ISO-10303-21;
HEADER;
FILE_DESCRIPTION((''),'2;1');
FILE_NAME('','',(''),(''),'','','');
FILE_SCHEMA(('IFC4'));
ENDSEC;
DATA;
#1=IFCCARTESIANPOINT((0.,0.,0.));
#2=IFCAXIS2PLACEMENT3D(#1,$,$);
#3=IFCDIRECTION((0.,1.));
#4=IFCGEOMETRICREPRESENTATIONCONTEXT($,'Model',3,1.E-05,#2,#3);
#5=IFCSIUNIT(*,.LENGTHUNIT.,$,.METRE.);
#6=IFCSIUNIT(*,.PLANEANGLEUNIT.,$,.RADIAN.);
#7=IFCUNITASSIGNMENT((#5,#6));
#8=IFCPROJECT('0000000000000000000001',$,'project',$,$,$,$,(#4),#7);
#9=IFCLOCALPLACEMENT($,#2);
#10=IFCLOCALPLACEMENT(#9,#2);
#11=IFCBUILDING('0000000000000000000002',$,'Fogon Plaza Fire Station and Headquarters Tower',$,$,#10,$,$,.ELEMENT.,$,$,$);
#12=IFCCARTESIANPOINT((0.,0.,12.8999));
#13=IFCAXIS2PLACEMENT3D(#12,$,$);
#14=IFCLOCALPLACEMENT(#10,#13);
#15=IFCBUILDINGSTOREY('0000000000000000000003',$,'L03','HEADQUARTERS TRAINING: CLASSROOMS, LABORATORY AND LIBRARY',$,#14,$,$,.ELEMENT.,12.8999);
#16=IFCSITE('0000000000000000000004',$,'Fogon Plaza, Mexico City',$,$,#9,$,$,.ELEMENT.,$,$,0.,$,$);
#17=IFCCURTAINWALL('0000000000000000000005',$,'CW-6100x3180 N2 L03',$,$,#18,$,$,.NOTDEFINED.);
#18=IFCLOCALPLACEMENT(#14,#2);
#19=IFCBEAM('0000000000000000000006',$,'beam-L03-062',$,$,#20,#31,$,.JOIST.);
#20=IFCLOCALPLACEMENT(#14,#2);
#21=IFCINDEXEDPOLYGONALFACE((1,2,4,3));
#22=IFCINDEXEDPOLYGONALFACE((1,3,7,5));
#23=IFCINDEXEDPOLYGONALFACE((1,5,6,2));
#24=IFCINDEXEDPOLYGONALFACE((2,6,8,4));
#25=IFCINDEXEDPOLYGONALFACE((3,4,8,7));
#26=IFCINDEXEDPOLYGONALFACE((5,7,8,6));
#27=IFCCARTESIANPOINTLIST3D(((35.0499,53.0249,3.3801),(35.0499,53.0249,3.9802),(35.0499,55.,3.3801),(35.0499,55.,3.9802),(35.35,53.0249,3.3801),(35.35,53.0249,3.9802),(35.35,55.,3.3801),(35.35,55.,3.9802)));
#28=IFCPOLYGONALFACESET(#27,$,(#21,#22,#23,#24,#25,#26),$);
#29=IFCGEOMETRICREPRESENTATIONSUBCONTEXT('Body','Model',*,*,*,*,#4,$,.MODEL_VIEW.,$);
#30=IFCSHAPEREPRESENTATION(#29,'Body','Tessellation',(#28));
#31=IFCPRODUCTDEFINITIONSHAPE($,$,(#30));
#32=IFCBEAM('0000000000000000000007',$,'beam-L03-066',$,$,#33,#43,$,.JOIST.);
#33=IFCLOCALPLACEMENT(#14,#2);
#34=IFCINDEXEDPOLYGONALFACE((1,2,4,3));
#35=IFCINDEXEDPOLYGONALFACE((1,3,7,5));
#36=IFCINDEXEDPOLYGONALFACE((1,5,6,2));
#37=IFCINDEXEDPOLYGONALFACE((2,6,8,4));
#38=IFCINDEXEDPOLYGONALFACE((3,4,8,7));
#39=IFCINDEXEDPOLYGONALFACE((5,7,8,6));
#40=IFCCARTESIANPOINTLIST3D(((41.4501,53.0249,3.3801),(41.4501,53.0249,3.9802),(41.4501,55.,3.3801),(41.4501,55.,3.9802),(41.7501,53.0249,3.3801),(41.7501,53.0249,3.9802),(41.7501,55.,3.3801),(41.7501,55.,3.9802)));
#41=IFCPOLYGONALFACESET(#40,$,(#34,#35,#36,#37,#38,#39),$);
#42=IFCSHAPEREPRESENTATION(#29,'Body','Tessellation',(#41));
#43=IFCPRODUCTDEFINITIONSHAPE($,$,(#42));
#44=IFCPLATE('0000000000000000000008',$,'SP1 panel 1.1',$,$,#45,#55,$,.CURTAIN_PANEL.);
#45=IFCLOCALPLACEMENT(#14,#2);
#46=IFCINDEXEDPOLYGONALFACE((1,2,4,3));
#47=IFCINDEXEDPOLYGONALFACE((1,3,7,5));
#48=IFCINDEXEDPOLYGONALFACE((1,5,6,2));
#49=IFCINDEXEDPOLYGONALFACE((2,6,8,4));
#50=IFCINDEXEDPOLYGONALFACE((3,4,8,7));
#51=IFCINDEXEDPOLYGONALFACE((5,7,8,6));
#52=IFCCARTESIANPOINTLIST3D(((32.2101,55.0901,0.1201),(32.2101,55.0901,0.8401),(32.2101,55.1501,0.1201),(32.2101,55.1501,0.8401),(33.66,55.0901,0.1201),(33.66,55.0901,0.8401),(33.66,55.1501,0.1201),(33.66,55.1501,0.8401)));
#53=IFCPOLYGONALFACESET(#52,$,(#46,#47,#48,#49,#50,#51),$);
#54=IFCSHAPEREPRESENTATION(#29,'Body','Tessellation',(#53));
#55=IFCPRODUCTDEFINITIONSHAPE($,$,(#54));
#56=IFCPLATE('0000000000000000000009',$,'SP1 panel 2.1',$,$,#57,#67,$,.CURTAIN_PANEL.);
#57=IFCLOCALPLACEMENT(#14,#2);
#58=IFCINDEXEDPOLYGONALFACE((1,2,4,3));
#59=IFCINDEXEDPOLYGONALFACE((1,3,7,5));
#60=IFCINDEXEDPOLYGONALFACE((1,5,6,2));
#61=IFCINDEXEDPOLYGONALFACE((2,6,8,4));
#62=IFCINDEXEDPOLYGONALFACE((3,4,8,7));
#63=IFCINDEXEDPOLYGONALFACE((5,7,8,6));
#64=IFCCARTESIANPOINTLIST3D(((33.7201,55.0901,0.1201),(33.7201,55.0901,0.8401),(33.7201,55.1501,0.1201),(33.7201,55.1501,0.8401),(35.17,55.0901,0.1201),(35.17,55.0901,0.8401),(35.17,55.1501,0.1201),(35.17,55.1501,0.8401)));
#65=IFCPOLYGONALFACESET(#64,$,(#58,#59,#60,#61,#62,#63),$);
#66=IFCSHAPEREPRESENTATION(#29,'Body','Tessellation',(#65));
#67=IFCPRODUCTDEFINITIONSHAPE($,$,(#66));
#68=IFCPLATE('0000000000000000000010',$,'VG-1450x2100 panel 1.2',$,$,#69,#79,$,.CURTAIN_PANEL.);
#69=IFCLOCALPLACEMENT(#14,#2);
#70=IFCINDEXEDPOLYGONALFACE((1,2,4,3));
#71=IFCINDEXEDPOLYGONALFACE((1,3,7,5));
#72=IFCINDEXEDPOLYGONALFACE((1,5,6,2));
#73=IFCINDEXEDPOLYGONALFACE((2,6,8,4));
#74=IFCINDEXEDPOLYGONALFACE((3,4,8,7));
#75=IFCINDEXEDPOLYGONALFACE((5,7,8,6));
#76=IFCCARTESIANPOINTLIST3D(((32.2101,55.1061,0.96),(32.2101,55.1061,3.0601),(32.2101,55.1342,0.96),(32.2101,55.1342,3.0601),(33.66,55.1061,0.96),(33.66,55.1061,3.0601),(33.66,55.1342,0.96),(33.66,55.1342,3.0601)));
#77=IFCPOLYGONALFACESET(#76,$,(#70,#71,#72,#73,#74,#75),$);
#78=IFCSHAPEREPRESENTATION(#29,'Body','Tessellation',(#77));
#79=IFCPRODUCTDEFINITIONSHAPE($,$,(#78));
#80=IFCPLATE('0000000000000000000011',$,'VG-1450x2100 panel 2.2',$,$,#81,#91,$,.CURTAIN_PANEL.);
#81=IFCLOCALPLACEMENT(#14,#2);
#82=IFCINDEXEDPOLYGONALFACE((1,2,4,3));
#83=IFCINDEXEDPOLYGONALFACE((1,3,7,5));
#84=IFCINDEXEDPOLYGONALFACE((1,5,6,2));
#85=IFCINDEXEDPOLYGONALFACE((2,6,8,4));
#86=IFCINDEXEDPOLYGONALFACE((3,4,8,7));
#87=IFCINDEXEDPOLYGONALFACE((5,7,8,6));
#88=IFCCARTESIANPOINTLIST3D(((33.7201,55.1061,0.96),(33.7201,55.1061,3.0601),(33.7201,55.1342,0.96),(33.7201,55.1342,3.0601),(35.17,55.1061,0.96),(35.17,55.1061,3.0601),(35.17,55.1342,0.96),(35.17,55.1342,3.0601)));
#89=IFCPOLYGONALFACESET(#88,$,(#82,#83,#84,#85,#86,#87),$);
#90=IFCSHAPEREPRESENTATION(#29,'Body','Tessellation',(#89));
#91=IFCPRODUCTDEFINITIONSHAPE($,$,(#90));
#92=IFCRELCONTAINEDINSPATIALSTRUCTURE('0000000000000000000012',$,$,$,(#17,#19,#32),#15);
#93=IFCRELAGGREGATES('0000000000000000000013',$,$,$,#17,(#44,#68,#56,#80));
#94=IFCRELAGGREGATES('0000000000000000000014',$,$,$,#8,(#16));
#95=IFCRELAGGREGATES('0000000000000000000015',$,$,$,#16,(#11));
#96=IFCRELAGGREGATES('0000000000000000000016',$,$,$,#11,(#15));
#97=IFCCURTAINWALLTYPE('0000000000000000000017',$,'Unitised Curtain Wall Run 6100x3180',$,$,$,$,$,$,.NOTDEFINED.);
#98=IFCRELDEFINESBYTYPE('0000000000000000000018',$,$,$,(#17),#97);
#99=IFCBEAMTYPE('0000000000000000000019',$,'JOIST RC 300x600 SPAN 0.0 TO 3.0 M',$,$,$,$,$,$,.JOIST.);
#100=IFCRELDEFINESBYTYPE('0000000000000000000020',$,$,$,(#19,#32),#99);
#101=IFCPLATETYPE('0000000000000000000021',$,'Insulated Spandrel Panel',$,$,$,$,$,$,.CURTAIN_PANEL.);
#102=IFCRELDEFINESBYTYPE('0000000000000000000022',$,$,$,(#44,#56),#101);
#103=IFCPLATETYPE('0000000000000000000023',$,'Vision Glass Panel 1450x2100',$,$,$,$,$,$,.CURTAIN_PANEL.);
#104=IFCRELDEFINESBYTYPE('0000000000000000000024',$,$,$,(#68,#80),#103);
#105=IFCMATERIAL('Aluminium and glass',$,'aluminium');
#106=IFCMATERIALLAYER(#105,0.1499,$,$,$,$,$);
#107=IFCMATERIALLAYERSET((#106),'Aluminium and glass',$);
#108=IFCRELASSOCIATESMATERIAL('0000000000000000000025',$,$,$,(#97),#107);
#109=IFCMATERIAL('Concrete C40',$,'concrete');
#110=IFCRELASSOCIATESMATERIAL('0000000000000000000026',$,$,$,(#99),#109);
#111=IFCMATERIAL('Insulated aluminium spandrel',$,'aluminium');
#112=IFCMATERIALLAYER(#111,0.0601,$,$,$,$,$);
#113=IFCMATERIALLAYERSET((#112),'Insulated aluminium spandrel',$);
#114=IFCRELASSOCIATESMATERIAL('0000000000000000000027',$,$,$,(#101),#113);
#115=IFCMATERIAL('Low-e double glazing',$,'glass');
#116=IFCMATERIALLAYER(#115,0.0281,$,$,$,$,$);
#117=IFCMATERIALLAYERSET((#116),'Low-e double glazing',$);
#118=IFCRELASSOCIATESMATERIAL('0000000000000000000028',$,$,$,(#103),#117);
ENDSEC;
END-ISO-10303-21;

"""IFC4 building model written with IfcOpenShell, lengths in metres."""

from ifc_helpers import new_model, si_unit, direction, frame, origin, origin_2d, place, context, subcontext, project, spatial, rectangle, extrude, material, layer, layer_set, material_profile, profile_set, type_object, element, aggregate, save


model = new_model("IFC4")

# Units and contexts
model_context = context("Model", 3, precision=1e-05, world=origin(), true_north=direction((0.0, 1.0)))
body_context = subcontext(model_context, "Body", "Model", "MODEL_VIEW")
ifc_project = project(units=[si_unit("LENGTHUNIT", "METRE"), si_unit("PLANEANGLEUNIT", "RADIAN")], contexts=[model_context])

# Site, building, storey
site_placement = place(None, origin())
site = spatial("IfcSite", under=ifc_project, at=site_placement, Name="Fogon Plaza, Mexico City", CompositionType="ELEMENT", RefElevation=0.0)
building_placement = place(site_placement, origin())
building = spatial("IfcBuilding", under=site, at=building_placement, Name="Fogon Plaza Fire Station and Headquarters Tower", CompositionType="ELEMENT")
storey_placement = place(building_placement, frame((0.0, 0.0, 12.8999)))
storey = spatial("IfcBuildingStorey", under=building, at=storey_placement, Name="L03", Description="HEADQUARTERS TRAINING: CLASSROOMS, LABORATORY AND LIBRARY", CompositionType="ELEMENT", Elevation=12.8999)

# Curtain wall
ifc_material_1 = material(Name="Aluminium and glass", Category="aluminium")
ifc_layer_1 = layer(ifc_material_1, 0.1499)
ifc_layer_set_1 = layer_set([ifc_layer_1], Name="Aluminium and glass")
curtain_wall_type = type_object("IfcCurtainWallType", Name="Unitised Curtain Wall Run 6100x3180", PredefinedType="NOTDEFINED", material=ifc_layer_set_1)
curtain_wall_placement = place(storey_placement, origin())
curtain_wall = element("IfcCurtainWall", 1, at=curtain_wall_placement, inside=storey, type_object=curtain_wall_type, Name="CW-6100x3180 N2 L03", PredefinedType="NOTDEFINED")

# Beams
ifc_material_2 = material(Name="Concrete C40", Category="concrete")
ifc_material_profile_1 = material_profile(ifc_material_2, rectangle(XDim=0.3, YDim=0.6001, at=origin_2d()), Name="RC 300x600")
ifc_profile_set_1 = profile_set([ifc_material_profile_1], Name="Concrete C40")
beam_type_1 = type_object("IfcBeamType", Name="JOIST RC 300x600 SPAN 0.0 TO 3.0 M", PredefinedType="JOIST", material=ifc_profile_set_1)
for number, where, z_axis, x_axis, name in (
    (2, (35.2, 53.0249, 3.6802), (0.0, 1.0, 0.0), (-1.0, 0.0, 0.0), "beam-L03-062"),
    (3, (41.6001, 53.0249, 3.6802), (0.0, 1.0, 0.0), (-1.0, 0.0, 0.0), "beam-L03-066"),
):
    element("IfcBeam", number, at=place(storey_placement, frame(where, z_axis=z_axis, x_axis=x_axis)), inside=storey, type_object=beam_type_1, Name=name, PredefinedType="JOIST", context=body_context, shape_type="SweptSolid", body=[
        extrude(rectangle(XDim=0.3, YDim=0.6001, at=origin_2d()), origin(), (0.0, 0.0, 1.0), 1.9751),
    ])

# Plates
ifc_material_3 = material(Name="Insulated aluminium spandrel", Category="aluminium")
ifc_layer_2 = layer(ifc_material_3, 0.0601)
ifc_layer_set_2 = layer_set([ifc_layer_2], Name="Insulated aluminium spandrel")
plate_type_1 = type_object("IfcPlateType", Name="Insulated Spandrel Panel", PredefinedType="CURTAIN_PANEL", material=ifc_layer_set_2)
plate_1_placement = place(storey_placement, frame((32.9351, 55.1201, 0.1201), z_axis=(0.0, 0.0, 1.0), x_axis=(1.0, 0.0, 0.0)))
plate_1 = element("IfcPlate", 4, at=plate_1_placement, type_object=plate_type_1, Name="SP1 panel 1.1", PredefinedType="CURTAIN_PANEL", context=body_context, shape_type="SweptSolid", body=[
    extrude(rectangle(XDim=1.45, YDim=0.0601, at=origin_2d()), origin(), (0.0, 0.0, 1.0), 0.72),
])
plate_2_placement = place(storey_placement, frame((34.4451, 55.1201, 0.1201), z_axis=(0.0, 0.0, 1.0), x_axis=(1.0, 0.0, 0.0)))
plate_2 = element("IfcPlate", 5, at=plate_2_placement, type_object=plate_type_1, Name="SP1 panel 2.1", PredefinedType="CURTAIN_PANEL", context=body_context, shape_type="SweptSolid", body=[
    extrude(rectangle(XDim=1.45, YDim=0.0601, at=origin_2d()), origin(), (0.0, 0.0, 1.0), 0.72),
])
ifc_material_4 = material(Name="Low-e double glazing", Category="glass")
ifc_layer_3 = layer(ifc_material_4, 0.0281)
ifc_layer_set_3 = layer_set([ifc_layer_3], Name="Low-e double glazing")
plate_type_2 = type_object("IfcPlateType", Name="Vision Glass Panel 1450x2100", PredefinedType="CURTAIN_PANEL", material=ifc_layer_set_3)
plate_3_placement = place(storey_placement, frame((32.9351, 55.1201, 0.96), z_axis=(0.0, 0.0, 1.0), x_axis=(1.0, 0.0, 0.0)))
plate_3 = element("IfcPlate", 6, at=plate_3_placement, type_object=plate_type_2, Name="VG-1450x2100 panel 1.2", PredefinedType="CURTAIN_PANEL", context=body_context, shape_type="SweptSolid", body=[
    extrude(rectangle(XDim=1.45, YDim=0.0281, at=origin_2d()), origin(), (0.0, 0.0, 1.0), 2.1001),
])
plate_4_placement = place(storey_placement, frame((34.4451, 55.1201, 0.96), z_axis=(0.0, 0.0, 1.0), x_axis=(1.0, 0.0, 0.0)))
plate_4 = element("IfcPlate", 7, at=plate_4_placement, type_object=plate_type_2, Name="VG-1450x2100 panel 2.2", PredefinedType="CURTAIN_PANEL", context=body_context, shape_type="SweptSolid", body=[
    extrude(rectangle(XDim=1.45, YDim=0.0281, at=origin_2d()), origin(), (0.0, 0.0, 1.0), 2.1001),
])
aggregate(curtain_wall, [plate_1, plate_3, plate_2, plate_4])

save(model, "model.ifc")
